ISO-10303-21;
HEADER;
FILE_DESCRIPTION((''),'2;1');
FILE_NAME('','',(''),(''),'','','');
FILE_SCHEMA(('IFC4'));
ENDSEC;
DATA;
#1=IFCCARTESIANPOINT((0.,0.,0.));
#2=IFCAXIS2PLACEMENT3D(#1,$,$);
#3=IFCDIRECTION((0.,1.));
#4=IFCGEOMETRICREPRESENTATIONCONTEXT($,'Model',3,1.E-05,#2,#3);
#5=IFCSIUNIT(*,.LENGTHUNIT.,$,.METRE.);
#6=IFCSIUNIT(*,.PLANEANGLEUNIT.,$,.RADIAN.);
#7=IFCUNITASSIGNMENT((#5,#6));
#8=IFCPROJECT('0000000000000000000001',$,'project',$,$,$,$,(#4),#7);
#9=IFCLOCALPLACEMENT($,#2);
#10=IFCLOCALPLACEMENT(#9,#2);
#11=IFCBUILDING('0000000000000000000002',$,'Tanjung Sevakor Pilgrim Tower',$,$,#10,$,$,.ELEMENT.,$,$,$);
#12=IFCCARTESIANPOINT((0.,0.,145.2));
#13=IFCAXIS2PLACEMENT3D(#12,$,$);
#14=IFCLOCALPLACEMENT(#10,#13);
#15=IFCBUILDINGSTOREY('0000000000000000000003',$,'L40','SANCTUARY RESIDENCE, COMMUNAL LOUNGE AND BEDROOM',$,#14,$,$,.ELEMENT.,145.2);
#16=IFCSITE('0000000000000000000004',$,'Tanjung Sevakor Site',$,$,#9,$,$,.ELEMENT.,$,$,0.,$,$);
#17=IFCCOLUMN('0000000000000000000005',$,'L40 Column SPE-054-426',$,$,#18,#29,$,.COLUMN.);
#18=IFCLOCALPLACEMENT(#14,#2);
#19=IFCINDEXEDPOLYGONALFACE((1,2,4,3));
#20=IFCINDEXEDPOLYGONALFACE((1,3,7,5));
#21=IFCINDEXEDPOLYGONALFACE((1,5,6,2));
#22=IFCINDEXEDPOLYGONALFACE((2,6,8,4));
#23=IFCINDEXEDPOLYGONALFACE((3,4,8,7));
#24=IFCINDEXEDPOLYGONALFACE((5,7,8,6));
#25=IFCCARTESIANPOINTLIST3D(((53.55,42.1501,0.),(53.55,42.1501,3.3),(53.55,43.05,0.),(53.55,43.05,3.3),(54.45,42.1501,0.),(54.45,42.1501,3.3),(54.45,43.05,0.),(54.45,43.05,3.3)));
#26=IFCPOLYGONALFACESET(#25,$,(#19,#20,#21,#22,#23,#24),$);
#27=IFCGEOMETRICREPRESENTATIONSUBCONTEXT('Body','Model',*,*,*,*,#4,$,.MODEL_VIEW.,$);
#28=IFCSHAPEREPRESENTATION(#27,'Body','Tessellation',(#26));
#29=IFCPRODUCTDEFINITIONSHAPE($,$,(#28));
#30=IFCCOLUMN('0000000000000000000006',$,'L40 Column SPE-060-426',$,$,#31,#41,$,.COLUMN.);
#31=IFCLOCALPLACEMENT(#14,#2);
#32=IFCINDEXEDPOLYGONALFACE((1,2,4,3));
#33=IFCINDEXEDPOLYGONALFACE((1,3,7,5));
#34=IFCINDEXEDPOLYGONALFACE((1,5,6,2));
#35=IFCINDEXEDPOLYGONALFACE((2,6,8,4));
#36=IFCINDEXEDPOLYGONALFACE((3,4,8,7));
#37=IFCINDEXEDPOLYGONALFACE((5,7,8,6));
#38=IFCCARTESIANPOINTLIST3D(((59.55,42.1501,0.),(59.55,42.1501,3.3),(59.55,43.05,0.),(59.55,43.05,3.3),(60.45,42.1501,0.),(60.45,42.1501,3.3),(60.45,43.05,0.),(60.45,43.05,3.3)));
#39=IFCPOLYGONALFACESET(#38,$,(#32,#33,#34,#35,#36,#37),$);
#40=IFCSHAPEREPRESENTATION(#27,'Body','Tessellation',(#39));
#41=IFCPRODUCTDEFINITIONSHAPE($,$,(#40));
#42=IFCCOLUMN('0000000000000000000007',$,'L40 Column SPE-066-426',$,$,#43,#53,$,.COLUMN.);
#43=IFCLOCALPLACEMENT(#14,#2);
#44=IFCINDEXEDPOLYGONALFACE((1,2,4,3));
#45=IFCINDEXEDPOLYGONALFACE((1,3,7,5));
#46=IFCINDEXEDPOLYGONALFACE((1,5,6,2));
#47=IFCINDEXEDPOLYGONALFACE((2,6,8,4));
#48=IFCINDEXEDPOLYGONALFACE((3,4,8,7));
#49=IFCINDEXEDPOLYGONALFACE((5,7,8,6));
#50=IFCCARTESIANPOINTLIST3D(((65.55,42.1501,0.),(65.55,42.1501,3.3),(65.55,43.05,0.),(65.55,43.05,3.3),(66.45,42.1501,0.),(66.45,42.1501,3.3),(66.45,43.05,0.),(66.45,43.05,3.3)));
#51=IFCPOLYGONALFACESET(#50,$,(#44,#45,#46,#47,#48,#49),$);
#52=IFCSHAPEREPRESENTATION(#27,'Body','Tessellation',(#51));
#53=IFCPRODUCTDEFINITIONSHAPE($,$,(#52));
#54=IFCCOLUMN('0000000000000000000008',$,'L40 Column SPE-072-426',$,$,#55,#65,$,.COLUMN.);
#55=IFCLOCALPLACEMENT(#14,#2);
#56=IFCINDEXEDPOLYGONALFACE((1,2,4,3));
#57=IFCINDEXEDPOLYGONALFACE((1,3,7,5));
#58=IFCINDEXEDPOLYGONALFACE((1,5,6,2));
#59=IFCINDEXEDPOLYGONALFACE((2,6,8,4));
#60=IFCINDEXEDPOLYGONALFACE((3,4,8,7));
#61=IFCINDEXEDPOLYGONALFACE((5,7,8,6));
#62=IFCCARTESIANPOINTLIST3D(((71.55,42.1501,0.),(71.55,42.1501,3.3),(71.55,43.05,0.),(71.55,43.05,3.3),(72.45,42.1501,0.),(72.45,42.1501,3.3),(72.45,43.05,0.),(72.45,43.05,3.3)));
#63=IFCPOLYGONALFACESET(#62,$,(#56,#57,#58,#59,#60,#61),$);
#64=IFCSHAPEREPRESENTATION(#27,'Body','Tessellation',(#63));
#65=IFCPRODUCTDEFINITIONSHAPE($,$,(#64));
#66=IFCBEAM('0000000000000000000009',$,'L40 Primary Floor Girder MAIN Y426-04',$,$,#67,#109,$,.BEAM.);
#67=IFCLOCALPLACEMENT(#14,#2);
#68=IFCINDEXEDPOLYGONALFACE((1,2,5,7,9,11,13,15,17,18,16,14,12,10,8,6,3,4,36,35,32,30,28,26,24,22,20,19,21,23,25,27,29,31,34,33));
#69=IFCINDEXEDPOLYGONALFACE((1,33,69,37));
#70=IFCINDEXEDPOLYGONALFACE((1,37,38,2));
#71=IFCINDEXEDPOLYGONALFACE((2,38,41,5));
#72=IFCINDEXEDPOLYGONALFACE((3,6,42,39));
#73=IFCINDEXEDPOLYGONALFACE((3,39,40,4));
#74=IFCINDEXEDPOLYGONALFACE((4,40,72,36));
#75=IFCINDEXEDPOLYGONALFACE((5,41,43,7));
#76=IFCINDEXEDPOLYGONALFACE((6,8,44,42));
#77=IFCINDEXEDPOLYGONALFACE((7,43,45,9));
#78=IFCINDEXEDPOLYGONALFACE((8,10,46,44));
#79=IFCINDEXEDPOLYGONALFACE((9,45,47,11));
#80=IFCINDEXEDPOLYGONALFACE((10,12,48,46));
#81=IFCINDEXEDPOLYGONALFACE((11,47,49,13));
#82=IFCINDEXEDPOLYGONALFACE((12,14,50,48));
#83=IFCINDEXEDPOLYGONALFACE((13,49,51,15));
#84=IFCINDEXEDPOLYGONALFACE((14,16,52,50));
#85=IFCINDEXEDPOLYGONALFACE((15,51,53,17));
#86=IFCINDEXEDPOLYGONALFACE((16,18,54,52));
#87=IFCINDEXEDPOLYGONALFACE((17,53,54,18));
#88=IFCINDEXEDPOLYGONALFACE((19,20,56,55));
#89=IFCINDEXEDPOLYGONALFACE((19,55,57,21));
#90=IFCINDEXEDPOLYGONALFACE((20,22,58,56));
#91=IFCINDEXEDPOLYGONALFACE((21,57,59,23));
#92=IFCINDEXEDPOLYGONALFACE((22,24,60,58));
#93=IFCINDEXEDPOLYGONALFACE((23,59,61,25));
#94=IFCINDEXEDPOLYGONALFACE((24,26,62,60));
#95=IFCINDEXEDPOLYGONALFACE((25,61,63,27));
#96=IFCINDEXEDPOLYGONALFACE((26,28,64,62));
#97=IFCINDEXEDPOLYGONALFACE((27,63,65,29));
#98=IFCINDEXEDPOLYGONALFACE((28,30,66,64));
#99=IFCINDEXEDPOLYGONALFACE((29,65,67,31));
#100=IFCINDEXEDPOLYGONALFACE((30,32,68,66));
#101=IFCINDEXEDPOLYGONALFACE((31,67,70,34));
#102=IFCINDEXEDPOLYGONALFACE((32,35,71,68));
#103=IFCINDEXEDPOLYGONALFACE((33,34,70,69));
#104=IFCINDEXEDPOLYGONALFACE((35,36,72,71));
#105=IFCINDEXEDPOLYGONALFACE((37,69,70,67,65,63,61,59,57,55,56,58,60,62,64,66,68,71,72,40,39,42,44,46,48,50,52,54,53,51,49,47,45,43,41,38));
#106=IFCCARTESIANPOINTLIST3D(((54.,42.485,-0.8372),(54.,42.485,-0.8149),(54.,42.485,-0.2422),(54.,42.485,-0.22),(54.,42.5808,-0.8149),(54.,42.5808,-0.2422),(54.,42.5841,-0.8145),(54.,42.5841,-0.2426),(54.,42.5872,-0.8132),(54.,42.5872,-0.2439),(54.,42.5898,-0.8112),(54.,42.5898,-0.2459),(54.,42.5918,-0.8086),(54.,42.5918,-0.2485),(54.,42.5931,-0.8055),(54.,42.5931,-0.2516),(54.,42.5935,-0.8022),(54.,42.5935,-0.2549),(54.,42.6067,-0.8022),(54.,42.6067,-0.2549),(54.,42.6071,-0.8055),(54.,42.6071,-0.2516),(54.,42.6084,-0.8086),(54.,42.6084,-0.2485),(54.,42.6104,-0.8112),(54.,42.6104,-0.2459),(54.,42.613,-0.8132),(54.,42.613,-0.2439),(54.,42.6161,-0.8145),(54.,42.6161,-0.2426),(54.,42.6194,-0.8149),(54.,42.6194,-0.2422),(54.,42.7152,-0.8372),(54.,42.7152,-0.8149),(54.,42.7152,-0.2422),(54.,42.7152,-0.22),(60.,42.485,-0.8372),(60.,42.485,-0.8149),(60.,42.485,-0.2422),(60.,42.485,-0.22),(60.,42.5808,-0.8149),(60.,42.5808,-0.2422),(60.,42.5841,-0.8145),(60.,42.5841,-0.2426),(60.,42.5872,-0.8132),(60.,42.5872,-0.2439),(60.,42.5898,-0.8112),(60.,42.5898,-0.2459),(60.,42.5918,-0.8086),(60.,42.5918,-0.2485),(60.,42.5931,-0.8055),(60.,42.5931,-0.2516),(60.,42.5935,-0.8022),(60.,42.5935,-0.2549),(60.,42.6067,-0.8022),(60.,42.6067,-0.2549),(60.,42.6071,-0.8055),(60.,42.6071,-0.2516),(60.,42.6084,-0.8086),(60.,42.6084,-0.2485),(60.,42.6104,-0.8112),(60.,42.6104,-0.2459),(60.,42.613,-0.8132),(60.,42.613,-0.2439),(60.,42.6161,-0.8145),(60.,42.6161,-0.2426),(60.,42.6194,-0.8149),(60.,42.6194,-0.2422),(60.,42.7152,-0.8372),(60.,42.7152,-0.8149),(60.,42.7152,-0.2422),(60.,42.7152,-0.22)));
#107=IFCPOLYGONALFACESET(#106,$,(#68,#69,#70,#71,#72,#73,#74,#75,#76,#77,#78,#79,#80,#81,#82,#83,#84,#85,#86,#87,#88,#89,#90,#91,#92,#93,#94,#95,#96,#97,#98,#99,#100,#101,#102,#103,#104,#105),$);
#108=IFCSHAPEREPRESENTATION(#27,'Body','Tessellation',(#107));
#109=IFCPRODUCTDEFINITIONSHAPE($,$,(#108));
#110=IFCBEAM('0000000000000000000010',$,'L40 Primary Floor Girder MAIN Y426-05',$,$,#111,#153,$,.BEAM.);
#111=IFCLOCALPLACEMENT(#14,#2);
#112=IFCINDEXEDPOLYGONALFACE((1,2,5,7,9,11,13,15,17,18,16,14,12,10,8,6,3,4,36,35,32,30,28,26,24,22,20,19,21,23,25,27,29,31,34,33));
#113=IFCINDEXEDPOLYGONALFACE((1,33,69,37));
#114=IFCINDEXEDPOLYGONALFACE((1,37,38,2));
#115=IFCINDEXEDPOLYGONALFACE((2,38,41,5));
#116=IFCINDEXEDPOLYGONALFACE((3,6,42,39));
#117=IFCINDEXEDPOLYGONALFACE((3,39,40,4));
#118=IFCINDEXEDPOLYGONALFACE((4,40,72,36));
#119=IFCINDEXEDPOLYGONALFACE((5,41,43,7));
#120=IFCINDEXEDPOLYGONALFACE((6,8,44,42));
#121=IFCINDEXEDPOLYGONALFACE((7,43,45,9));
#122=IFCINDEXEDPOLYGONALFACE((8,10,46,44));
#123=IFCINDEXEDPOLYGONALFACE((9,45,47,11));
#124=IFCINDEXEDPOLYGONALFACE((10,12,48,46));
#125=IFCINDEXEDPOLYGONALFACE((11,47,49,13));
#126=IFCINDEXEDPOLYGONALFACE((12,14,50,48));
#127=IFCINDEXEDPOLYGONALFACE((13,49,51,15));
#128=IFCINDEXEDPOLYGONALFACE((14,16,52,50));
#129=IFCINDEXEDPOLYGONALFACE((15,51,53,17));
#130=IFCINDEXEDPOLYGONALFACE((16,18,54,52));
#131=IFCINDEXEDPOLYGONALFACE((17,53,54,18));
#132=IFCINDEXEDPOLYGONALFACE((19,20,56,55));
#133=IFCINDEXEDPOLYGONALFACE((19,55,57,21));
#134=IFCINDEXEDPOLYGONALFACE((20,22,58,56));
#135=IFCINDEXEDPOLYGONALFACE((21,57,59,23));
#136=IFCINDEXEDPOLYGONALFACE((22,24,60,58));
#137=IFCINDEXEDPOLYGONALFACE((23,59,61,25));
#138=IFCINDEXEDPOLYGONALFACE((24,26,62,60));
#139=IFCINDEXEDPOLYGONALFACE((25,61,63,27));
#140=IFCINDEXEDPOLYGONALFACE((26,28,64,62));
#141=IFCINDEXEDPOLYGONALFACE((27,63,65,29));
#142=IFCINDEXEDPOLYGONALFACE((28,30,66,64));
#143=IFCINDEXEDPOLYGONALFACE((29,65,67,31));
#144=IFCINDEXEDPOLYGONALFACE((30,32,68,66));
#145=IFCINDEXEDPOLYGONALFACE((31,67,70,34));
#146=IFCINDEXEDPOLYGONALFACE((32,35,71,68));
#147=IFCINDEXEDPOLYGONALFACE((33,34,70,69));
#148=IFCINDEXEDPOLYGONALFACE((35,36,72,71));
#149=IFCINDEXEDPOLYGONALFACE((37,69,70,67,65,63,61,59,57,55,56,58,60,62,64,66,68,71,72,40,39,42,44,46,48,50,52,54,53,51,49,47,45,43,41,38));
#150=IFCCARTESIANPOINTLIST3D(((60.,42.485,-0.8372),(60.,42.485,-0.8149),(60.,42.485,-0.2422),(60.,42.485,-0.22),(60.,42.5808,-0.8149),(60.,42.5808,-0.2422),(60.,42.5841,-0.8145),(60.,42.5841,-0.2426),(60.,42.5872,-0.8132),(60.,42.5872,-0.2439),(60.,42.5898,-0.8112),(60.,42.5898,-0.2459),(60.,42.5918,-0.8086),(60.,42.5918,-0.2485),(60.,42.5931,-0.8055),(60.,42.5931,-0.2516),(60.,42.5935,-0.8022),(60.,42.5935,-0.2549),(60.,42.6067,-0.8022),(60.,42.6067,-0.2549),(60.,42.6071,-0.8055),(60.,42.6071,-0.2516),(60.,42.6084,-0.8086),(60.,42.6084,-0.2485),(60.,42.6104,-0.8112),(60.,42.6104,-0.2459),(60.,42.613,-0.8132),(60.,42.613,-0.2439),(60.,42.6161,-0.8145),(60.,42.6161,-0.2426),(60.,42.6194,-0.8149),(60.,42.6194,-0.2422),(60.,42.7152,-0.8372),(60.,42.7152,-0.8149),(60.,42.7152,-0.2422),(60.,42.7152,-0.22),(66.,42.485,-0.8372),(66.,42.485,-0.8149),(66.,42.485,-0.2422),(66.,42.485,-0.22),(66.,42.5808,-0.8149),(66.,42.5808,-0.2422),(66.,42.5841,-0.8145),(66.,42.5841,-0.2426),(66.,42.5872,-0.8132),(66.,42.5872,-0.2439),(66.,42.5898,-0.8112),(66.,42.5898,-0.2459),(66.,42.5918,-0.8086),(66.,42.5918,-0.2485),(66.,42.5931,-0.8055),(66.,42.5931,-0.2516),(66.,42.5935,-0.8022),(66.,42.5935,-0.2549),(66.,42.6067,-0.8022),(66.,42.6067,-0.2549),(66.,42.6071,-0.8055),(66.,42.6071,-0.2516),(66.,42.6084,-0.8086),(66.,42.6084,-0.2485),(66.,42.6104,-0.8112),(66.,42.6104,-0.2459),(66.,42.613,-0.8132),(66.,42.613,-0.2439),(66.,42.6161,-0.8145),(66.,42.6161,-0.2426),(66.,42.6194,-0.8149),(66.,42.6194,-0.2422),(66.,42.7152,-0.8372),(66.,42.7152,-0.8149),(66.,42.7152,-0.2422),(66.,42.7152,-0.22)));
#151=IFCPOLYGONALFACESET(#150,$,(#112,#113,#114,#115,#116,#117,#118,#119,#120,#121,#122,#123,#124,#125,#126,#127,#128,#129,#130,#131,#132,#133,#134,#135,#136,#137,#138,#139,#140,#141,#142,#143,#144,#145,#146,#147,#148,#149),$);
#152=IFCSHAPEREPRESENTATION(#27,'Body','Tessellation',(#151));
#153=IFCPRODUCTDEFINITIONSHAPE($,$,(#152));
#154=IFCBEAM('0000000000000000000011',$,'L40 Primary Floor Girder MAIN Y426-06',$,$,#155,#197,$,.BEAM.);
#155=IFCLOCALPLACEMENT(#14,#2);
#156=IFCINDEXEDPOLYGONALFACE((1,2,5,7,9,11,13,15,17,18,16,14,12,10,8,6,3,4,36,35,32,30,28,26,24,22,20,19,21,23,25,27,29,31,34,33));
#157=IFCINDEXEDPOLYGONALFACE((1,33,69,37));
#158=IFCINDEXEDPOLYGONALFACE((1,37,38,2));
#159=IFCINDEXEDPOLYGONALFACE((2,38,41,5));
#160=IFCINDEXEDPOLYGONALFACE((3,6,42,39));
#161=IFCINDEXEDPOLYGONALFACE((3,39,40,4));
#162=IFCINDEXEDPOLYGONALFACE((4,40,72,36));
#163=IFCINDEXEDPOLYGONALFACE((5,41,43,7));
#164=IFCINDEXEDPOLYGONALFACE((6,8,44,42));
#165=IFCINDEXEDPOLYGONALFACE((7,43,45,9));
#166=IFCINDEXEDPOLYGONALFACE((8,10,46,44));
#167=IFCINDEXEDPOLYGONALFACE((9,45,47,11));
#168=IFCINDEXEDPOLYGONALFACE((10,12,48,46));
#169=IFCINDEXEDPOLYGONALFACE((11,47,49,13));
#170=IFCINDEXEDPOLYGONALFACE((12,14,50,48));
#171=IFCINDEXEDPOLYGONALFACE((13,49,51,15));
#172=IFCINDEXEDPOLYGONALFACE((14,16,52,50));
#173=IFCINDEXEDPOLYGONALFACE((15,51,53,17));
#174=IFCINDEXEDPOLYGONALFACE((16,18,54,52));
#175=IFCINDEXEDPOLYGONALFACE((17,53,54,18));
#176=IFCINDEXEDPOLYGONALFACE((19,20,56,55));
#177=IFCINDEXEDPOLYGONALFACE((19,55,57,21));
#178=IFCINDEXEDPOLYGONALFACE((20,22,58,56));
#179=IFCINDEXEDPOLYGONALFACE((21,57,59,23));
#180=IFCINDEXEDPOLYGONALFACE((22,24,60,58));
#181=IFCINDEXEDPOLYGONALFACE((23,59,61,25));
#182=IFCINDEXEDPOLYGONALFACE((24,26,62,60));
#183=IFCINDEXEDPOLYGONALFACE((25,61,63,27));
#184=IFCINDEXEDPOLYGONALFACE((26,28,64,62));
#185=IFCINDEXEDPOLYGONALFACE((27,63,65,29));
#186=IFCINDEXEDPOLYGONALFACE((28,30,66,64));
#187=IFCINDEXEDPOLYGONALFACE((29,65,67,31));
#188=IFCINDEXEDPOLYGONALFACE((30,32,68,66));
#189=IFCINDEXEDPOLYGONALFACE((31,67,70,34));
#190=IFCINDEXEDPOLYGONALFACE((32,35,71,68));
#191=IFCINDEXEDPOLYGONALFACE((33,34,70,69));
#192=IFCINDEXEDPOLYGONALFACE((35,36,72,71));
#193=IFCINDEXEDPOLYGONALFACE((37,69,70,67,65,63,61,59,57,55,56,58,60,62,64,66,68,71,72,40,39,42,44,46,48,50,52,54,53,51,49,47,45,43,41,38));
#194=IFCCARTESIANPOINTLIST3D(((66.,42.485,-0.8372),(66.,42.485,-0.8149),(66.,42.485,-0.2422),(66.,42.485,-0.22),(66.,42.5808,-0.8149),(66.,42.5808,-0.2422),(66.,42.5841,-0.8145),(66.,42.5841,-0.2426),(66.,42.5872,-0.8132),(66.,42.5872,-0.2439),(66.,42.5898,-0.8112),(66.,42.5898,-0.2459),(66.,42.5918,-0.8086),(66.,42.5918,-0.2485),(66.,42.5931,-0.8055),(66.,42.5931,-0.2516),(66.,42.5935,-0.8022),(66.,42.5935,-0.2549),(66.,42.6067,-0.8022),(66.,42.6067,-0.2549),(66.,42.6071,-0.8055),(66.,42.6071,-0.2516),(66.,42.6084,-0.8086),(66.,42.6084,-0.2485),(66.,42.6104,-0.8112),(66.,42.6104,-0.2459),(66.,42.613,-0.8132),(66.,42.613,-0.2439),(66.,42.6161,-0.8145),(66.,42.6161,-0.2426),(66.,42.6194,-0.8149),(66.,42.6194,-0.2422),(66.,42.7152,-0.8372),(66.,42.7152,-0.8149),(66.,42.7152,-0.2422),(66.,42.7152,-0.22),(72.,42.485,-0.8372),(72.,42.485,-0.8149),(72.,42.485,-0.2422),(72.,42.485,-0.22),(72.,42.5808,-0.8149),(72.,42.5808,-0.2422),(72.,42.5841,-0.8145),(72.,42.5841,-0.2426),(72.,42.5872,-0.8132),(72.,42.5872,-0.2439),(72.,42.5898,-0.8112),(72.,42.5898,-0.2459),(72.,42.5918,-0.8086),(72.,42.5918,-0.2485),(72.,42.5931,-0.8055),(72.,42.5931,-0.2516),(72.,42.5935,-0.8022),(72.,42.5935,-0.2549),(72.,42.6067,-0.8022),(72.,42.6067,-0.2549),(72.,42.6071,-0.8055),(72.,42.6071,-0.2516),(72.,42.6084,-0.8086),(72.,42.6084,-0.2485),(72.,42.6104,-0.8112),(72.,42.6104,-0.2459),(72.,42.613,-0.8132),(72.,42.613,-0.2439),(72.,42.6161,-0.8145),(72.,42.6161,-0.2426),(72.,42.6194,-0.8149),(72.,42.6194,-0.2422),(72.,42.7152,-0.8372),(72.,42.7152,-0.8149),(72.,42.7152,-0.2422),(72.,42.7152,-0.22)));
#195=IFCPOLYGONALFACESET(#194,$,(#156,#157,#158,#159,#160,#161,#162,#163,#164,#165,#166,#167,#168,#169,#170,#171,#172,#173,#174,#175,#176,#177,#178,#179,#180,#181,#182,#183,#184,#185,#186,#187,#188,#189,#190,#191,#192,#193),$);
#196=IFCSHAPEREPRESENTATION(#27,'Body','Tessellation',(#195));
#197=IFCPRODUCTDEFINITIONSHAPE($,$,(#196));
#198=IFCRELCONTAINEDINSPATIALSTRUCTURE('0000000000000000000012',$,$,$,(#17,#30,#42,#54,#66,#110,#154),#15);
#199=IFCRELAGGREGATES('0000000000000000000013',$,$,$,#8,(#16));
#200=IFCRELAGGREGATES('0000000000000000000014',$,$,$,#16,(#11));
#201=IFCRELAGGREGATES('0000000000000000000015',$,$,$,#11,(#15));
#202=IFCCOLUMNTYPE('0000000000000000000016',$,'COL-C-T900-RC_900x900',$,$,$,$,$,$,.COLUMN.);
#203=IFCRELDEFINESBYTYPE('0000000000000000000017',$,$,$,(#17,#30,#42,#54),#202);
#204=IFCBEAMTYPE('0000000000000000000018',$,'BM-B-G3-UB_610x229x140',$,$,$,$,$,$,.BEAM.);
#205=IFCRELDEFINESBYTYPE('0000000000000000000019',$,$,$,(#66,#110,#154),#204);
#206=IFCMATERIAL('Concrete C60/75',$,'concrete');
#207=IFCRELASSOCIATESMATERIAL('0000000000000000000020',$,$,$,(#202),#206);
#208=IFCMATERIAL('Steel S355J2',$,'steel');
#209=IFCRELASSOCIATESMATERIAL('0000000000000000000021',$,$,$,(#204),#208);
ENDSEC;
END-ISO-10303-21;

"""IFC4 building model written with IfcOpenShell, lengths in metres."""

from ifc_helpers import new_model, si_unit, direction, frame, origin, origin_2d, place, context, subcontext, project, spatial, rectangle, i_section, extrude, material, material_profile, profile_set, type_object, element, save


model = new_model("IFC4")

# Units and contexts
model_context = context("Model", 3, precision=1e-05, world=origin(), true_north=direction((0.0, 1.0)))
body_context = subcontext(model_context, "Body", "Model", "MODEL_VIEW")
ifc_project = project(units=[si_unit("LENGTHUNIT", "METRE"), si_unit("PLANEANGLEUNIT", "RADIAN")], contexts=[model_context])

# Site, building, storey
site_placement = place(None, origin())
site = spatial("IfcSite", under=ifc_project, at=site_placement, Name="Tanjung Sevakor Site", CompositionType="ELEMENT", RefElevation=0.0)
building_placement = place(site_placement, origin())
building = spatial("IfcBuilding", under=site, at=building_placement, Name="Tanjung Sevakor Pilgrim Tower", CompositionType="ELEMENT")
storey_placement = place(building_placement, frame((0.0, 0.0, 145.2)))
storey = spatial("IfcBuildingStorey", under=building, at=storey_placement, Name="L40", Description="SANCTUARY RESIDENCE, COMMUNAL LOUNGE AND BEDROOM", CompositionType="ELEMENT", Elevation=145.2)

# Columns
ifc_material_1 = material(Name="Concrete C60/75", Category="concrete")
ifc_material_profile_1 = material_profile(ifc_material_1, rectangle(XDim=0.8999, YDim=0.8999, at=origin_2d()))
ifc_profile_set_1 = profile_set([ifc_material_profile_1], Name="Concrete C60/75")
column_type = type_object("IfcColumnType", Name="COL-C-T900-RC_900x900", PredefinedType="COLUMN", material=ifc_profile_set_1)
for number, where, z_axis, x_axis, name in (
    (1, (54.0, 42.6001, 0.0), (0.0, 0.0, 1.0), (1.0, 0.0, 0.0), "L40 Column SPE-054-426"),
    (2, (60.0, 42.6001, 0.0), (0.0, 0.0, 1.0), (1.0, 0.0, 0.0), "L40 Column SPE-060-426"),
    (3, (66.0, 42.6001, 0.0), (0.0, 0.0, 1.0), (1.0, 0.0, 0.0), "L40 Column SPE-066-426"),
    (4, (72.0, 42.6001, 0.0), (0.0, 0.0, 1.0), (1.0, 0.0, 0.0), "L40 Column SPE-072-426"),
):
    element("IfcColumn", number, at=place(storey_placement, frame(where, z_axis=z_axis, x_axis=x_axis)), inside=storey, type_object=column_type, Name=name, PredefinedType="COLUMN", context=body_context, shape_type="SweptSolid", body=[
        extrude(rectangle(XDim=0.8999, YDim=0.8999, at=origin_2d()), origin(), (0.0, 0.0, 1.0), 3.3),
    ])

# Beams
ifc_material_2 = material(Name="Steel S355J2", Category="steel")
ifc_material_profile_2 = material_profile(ifc_material_2, i_section(OverallWidth=0.2302, OverallDepth=0.6172, WebThickness=0.0132, FlangeThickness=0.0222, FilletRadius=0.0127, at=origin_2d()))
ifc_profile_set_2 = profile_set([ifc_material_profile_2], Name="Steel S355J2")
beam_type_1 = type_object("IfcBeamType", Name="BM-B-G3-UB_610x229x140", PredefinedType="BEAM", material=ifc_profile_set_2)
for number, where, z_axis, x_axis, name in (
    (5, (54.0, 42.6001, -0.5286), (1.0, 0.0, 0.0), (0.0, 1.0, 0.0), "L40 Primary Floor Girder MAIN Y426-04"),
    (6, (60.0, 42.6001, -0.5286), (1.0, 0.0, 0.0), (0.0, 1.0, 0.0), "L40 Primary Floor Girder MAIN Y426-05"),
    (7, (66.0, 42.6001, -0.5286), (1.0, 0.0, 0.0), (0.0, 1.0, 0.0), "L40 Primary Floor Girder MAIN Y426-06"),
):
    element("IfcBeam", number, at=place(storey_placement, frame(where, z_axis=z_axis, x_axis=x_axis)), inside=storey, type_object=beam_type_1, Name=name, PredefinedType="BEAM", context=body_context, shape_type="SweptSolid", body=[
        extrude(i_section(OverallWidth=0.2302, OverallDepth=0.6172, WebThickness=0.0132, FlangeThickness=0.0222, FilletRadius=0.0127, at=origin_2d()), origin(), (0.0, 0.0, 1.0), 6.0),
    ])

save(model, "model.ifc")
